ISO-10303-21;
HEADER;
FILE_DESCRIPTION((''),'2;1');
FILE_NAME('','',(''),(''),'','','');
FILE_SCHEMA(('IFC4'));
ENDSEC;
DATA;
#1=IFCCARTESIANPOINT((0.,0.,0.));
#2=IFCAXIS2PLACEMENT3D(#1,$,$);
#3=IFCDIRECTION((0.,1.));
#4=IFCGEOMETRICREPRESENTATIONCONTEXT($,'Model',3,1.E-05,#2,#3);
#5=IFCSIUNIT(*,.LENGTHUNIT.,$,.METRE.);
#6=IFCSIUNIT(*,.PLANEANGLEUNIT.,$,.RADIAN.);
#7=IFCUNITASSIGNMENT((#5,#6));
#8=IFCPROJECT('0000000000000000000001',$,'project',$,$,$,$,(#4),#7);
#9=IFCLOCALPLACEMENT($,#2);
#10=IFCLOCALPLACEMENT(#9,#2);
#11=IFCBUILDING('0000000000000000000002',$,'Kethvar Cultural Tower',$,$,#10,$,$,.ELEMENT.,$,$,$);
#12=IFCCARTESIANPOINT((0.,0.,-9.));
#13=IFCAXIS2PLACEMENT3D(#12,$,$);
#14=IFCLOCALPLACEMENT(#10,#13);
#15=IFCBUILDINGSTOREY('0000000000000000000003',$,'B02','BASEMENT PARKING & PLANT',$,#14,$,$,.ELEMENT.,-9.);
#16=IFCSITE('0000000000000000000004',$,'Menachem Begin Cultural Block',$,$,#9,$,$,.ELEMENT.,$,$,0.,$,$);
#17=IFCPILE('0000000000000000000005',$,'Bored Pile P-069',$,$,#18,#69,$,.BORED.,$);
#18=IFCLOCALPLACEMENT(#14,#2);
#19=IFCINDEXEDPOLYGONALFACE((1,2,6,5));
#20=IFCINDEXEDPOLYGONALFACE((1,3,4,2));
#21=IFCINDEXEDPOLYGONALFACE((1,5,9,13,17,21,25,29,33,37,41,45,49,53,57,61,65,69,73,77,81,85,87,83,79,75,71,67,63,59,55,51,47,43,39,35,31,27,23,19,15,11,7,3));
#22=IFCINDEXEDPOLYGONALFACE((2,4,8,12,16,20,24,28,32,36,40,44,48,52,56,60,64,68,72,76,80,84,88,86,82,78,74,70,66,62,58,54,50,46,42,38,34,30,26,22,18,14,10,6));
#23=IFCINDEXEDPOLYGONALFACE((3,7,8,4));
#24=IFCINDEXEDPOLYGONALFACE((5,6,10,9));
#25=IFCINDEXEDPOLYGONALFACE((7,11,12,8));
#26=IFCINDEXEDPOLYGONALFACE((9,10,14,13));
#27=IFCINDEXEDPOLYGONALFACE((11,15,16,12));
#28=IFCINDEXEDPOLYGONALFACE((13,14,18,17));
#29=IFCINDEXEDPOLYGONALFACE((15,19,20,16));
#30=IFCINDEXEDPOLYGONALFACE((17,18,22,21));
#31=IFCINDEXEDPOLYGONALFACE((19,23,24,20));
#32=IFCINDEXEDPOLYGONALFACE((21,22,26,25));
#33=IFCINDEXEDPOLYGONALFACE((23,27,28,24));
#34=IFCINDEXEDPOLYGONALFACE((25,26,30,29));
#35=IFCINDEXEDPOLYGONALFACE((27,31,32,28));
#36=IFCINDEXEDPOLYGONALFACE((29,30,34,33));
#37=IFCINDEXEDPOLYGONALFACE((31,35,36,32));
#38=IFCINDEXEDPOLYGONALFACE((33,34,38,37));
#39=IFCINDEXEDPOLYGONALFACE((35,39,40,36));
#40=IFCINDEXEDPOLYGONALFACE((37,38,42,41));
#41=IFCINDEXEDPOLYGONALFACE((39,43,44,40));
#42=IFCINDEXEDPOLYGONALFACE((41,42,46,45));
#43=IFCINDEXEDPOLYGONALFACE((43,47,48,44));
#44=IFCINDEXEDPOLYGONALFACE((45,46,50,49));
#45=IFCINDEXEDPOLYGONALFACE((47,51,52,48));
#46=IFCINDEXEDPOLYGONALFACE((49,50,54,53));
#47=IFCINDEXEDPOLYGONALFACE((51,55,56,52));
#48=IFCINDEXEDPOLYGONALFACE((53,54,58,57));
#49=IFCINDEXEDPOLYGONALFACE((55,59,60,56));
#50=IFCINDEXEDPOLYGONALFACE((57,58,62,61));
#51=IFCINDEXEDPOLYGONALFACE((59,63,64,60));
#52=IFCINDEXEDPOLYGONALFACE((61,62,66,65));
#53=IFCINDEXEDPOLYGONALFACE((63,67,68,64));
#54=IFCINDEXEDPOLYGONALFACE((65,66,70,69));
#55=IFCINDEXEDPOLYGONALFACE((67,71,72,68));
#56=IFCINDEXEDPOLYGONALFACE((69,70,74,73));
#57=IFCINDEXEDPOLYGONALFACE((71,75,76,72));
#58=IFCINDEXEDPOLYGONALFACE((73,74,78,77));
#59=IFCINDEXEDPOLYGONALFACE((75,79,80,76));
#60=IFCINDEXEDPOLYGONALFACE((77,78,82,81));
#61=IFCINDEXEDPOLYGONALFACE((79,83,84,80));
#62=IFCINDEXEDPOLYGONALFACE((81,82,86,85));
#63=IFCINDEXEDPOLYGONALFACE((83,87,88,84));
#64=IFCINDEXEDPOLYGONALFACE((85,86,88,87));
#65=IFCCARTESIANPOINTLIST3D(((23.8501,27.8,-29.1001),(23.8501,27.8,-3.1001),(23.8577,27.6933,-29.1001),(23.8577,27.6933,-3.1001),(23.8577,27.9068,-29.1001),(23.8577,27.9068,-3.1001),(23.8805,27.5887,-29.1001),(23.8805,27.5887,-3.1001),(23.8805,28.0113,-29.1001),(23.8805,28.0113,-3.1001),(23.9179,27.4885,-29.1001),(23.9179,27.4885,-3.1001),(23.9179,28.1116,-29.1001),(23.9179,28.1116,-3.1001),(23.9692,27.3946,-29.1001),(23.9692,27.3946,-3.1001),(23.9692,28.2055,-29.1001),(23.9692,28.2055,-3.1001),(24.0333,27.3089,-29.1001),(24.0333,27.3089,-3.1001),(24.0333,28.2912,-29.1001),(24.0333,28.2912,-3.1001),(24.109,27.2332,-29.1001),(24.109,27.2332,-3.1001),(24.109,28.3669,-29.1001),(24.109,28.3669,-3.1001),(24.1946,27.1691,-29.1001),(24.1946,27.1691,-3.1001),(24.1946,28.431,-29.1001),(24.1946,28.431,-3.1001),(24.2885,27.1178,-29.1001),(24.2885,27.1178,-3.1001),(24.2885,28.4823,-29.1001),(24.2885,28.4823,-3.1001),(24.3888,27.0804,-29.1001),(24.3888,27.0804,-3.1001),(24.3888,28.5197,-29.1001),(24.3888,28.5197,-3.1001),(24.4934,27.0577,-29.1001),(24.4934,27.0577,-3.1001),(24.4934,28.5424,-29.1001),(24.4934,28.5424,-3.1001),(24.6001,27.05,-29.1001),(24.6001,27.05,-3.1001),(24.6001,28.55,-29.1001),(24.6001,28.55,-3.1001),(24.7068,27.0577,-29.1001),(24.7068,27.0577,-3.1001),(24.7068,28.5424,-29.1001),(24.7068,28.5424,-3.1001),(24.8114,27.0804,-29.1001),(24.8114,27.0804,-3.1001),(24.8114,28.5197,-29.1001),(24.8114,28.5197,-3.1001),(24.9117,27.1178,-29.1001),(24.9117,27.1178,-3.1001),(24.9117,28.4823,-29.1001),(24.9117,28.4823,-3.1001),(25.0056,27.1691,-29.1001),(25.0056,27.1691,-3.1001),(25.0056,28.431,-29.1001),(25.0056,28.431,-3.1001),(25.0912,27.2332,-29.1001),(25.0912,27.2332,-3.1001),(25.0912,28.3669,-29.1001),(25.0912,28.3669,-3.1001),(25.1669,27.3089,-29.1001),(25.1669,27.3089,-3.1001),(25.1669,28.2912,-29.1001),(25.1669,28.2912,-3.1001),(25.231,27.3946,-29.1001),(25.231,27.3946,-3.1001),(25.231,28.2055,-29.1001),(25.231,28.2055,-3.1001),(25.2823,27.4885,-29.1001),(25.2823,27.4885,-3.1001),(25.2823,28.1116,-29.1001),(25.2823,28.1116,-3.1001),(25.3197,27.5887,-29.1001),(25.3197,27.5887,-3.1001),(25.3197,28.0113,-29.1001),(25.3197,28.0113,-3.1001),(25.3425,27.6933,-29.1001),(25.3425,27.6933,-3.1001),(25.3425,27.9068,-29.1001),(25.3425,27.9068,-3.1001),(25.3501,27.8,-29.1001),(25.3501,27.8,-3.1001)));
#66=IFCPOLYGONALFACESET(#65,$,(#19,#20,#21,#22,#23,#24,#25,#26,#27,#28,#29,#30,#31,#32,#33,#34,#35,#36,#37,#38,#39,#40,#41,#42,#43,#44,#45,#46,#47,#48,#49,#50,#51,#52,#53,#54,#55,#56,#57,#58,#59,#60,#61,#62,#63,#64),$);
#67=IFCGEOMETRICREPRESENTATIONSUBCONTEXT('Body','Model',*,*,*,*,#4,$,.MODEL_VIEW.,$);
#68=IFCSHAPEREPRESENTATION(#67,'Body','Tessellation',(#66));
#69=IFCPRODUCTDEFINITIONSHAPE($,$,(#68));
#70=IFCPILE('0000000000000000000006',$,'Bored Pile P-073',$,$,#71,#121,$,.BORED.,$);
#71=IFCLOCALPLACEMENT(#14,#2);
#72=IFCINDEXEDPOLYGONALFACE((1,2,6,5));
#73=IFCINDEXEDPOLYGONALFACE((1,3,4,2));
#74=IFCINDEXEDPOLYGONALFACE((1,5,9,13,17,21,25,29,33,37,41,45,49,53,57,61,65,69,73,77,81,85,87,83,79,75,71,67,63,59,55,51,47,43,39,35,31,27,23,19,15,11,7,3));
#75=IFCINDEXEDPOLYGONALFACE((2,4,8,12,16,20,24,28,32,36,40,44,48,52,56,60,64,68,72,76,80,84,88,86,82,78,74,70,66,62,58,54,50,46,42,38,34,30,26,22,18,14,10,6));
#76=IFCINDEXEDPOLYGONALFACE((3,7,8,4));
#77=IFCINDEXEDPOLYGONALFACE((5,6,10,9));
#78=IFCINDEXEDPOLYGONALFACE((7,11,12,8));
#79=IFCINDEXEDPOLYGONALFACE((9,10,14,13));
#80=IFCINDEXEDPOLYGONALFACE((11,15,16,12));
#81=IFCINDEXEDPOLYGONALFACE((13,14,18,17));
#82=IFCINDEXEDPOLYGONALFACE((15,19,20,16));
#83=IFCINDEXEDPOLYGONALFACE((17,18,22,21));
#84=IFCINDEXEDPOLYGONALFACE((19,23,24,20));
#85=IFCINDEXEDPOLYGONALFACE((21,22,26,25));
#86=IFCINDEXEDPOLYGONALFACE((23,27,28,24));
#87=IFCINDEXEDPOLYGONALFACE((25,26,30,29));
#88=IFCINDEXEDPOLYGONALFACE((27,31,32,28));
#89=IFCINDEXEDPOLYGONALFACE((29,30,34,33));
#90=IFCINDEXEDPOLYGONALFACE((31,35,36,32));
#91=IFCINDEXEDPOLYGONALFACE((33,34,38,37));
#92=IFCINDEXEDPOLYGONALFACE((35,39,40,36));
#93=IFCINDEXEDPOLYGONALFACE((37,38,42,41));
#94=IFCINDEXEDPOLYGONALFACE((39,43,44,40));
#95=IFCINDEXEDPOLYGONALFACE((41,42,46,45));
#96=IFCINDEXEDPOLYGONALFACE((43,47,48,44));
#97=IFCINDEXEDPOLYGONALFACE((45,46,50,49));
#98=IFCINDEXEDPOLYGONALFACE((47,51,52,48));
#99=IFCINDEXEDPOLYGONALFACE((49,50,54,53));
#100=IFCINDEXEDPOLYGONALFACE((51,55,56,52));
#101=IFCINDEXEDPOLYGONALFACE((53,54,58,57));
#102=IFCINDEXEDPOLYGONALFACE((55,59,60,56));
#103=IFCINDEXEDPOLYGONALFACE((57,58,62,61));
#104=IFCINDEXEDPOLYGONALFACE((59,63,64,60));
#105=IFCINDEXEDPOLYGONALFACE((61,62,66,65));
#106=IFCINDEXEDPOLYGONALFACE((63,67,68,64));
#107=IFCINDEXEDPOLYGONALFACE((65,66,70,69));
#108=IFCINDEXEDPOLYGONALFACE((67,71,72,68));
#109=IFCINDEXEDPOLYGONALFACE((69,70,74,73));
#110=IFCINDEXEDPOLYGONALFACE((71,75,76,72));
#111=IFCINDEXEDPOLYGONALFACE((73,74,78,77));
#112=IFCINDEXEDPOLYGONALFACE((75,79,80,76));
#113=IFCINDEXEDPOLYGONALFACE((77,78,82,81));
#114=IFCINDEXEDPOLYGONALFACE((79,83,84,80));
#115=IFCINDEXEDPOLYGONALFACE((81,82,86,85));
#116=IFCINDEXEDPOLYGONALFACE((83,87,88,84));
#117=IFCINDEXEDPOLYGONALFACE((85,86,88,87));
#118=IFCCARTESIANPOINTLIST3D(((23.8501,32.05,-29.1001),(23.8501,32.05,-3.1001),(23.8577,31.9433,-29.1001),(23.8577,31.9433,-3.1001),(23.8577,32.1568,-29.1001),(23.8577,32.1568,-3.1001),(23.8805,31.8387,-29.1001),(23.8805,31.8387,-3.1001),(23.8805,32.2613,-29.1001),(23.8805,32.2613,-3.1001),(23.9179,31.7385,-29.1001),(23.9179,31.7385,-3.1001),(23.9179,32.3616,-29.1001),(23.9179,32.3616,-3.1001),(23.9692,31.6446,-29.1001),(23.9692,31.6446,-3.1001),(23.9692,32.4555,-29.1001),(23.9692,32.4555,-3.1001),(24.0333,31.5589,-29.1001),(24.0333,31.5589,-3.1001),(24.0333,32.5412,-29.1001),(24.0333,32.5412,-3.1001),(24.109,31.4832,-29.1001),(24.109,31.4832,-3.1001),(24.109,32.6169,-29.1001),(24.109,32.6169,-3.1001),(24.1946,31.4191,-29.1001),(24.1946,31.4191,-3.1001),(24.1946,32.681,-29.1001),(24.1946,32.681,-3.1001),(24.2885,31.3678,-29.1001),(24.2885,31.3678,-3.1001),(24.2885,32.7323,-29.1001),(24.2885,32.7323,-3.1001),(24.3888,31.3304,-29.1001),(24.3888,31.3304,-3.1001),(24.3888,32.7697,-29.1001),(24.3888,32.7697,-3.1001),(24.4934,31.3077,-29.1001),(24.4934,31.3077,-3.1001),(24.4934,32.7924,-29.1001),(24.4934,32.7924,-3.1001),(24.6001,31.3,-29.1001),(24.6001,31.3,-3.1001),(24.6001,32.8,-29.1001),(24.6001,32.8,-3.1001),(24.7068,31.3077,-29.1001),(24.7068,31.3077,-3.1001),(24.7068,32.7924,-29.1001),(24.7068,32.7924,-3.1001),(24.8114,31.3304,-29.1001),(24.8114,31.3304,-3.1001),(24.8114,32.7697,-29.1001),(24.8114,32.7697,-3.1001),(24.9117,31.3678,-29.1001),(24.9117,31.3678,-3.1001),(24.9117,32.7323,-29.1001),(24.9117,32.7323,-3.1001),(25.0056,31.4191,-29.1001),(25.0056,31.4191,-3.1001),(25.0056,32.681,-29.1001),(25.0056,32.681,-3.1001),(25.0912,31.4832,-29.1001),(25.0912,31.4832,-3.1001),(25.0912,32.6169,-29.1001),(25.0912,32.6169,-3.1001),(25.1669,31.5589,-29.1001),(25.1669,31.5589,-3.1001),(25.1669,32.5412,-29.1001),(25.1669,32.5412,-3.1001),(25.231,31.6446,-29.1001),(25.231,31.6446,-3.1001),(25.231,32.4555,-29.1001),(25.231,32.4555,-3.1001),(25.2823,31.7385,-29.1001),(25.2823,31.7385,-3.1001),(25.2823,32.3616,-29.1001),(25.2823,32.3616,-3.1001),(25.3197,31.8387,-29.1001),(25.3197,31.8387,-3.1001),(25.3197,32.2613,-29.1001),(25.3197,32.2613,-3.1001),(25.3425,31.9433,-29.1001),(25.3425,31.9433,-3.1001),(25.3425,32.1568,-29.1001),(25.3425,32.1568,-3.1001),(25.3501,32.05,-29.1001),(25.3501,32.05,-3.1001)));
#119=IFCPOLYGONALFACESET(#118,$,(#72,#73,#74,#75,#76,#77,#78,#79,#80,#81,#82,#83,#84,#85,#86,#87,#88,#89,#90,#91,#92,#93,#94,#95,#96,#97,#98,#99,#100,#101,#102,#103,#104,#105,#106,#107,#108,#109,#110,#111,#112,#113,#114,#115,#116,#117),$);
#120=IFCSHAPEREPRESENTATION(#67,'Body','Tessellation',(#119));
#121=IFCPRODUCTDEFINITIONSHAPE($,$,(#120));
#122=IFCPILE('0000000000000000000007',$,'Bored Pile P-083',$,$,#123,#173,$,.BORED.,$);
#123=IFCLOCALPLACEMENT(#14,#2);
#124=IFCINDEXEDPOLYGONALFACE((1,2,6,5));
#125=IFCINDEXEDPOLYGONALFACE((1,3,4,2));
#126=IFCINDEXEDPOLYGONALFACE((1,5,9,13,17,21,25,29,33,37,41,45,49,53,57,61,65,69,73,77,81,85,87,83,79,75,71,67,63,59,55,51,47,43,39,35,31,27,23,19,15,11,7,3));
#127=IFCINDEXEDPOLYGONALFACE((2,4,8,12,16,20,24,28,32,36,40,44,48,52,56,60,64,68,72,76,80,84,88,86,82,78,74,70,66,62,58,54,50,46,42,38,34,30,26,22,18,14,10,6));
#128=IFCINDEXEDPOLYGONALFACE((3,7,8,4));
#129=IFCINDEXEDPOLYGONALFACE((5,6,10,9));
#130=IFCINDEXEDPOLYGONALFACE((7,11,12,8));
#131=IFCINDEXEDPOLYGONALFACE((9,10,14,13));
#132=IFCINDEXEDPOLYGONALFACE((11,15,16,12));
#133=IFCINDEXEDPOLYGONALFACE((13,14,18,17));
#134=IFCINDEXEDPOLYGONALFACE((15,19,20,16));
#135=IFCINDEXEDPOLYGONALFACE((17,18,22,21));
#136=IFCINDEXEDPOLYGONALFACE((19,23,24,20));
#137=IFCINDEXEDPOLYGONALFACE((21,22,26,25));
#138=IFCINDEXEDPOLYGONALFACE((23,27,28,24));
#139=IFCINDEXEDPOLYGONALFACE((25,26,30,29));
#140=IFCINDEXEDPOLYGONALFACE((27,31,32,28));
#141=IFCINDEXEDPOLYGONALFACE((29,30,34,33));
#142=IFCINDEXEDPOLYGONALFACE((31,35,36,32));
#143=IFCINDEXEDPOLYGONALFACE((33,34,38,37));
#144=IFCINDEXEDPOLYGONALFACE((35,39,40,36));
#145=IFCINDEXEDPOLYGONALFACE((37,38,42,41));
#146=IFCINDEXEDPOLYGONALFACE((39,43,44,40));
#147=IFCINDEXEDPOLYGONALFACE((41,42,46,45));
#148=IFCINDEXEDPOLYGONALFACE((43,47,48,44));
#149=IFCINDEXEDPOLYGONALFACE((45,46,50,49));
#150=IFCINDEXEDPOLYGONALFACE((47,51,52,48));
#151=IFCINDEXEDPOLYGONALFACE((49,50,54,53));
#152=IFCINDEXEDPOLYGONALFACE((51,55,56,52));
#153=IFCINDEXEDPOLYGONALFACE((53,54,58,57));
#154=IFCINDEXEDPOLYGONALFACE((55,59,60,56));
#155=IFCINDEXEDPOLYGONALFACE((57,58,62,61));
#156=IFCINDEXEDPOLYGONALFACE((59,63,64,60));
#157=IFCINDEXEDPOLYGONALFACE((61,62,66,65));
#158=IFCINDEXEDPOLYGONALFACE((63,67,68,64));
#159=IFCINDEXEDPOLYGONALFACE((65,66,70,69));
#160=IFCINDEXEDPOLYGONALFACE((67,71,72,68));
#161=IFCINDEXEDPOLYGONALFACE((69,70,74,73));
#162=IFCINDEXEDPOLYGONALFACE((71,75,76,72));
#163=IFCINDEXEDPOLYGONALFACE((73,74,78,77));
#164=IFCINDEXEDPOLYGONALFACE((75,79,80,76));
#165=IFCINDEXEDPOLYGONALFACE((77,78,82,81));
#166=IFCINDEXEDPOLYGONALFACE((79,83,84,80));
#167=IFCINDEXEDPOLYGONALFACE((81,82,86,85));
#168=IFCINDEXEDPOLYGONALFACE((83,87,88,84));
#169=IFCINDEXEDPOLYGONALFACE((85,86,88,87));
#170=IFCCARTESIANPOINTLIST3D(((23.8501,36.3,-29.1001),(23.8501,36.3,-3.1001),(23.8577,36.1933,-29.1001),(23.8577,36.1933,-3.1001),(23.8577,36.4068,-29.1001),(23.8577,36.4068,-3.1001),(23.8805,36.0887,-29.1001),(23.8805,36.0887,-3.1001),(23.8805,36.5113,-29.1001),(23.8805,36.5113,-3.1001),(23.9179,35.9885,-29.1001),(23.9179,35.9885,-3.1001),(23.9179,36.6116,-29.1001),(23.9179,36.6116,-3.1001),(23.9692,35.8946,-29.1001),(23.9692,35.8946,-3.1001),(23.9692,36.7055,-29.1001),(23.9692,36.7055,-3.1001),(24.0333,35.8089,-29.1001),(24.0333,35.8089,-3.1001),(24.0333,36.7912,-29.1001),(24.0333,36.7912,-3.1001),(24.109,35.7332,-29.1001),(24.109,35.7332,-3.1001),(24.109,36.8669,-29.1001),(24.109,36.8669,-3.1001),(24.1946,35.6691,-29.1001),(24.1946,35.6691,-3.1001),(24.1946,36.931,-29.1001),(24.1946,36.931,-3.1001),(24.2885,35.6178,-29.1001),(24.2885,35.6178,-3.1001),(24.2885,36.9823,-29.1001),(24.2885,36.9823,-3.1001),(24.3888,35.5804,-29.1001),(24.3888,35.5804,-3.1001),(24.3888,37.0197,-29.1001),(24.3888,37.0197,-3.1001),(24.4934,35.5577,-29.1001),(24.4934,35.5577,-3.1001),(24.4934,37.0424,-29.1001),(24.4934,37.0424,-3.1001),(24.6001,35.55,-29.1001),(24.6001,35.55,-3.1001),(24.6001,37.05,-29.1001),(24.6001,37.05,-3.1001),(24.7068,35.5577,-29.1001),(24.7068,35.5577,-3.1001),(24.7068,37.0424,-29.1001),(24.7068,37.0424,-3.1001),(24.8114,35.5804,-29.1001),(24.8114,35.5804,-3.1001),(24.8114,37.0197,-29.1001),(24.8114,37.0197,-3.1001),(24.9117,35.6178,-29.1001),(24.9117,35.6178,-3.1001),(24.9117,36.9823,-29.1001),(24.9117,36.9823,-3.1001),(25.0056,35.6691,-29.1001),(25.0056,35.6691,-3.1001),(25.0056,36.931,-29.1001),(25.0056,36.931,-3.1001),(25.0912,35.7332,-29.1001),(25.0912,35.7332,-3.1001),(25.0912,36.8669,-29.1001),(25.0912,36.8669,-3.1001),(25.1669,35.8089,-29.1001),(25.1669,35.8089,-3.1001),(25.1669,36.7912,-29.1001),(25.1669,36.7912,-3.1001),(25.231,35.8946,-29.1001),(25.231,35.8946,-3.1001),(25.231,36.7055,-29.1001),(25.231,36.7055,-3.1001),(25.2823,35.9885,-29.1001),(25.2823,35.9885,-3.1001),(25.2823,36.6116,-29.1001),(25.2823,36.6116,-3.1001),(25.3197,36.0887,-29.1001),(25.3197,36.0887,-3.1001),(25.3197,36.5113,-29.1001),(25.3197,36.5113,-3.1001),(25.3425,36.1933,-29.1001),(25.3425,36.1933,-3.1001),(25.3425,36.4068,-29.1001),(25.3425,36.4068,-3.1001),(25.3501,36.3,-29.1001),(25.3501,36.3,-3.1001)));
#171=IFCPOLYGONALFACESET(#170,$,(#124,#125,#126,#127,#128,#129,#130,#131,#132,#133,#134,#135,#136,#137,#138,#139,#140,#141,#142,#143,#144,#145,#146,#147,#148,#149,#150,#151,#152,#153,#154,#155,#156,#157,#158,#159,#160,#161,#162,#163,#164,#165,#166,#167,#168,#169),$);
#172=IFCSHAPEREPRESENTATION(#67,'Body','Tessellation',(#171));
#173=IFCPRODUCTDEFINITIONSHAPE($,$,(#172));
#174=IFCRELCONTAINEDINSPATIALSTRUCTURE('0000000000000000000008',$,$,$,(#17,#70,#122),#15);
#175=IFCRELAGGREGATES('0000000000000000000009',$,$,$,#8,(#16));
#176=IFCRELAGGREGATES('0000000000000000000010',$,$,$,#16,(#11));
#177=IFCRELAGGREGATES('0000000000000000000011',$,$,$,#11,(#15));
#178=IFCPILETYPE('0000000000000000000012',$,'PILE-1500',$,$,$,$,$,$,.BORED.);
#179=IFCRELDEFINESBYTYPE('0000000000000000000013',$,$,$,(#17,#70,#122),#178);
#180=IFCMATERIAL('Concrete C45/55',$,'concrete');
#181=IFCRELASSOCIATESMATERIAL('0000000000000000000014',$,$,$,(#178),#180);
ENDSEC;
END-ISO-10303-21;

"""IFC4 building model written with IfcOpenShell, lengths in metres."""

from ifc_helpers import new_model, si_unit, direction, frame, origin, origin_2d, place, context, subcontext, project, spatial, circle, extrude, source, transform, mapped, material, material_profile, profile_set, type_object, element, save


model = new_model("IFC4")

# Units and contexts
model_context = context("Model", 3, precision=1e-05, world=origin(), true_north=direction((0.0, 1.0)))
body_context = subcontext(model_context, "Body", "Model", "MODEL_VIEW")
ifc_project = project(units=[si_unit("LENGTHUNIT", "METRE"), si_unit("PLANEANGLEUNIT", "RADIAN")], contexts=[model_context])

# Site, building, storey
site_placement = place(None, origin())
site = spatial("IfcSite", under=ifc_project, at=site_placement, Name="Menachem Begin Cultural Block", CompositionType="ELEMENT", RefElevation=0.0)
building_placement = place(site_placement, origin())
building = spatial("IfcBuilding", under=site, at=building_placement, Name="Kethvar Cultural Tower", CompositionType="ELEMENT")
storey_placement = place(building_placement, frame((0.0, 0.0, -9.0)))
storey = spatial("IfcBuildingStorey", under=building, at=storey_placement, Name="B02", Description="BASEMENT PARKING & PLANT", CompositionType="ELEMENT", Elevation=-9.0)

# Piles
ifc_material_1 = material(Name="Concrete C45/55", Category="concrete")
ifc_material_profile_1 = material_profile(ifc_material_1, circle(Radius=0.75, at=origin_2d()), Name="Concrete C45/55 — PILE1500")
ifc_profile_set_1 = profile_set([ifc_material_profile_1], Name="Concrete C45/55 — PILE1500")
pile_type = type_object("IfcPileType", Name="PILE-1500", PredefinedType="BORED", material=ifc_profile_set_1)
shared_shape_1 = source(origin(), body_context, "Body", "SweptSolid", [
    extrude(circle(Radius=0.75, at=origin_2d()), origin(), (0.0, 0.0, 1.0), 26.0),
])
for number, where, z_axis, x_axis, name in (
    (1, (24.6001, 27.8, -3.1001), (0.0, 0.0, -1.0), (1.0, 0.0, 0.0), "Bored Pile P-069"),
    (2, (24.6001, 32.05, -3.1001), (0.0, 0.0, -1.0), (1.0, 0.0, 0.0), "Bored Pile P-073"),
    (3, (24.6001, 36.3, -3.1001), (0.0, 0.0, -1.0), (1.0, 0.0, 0.0), "Bored Pile P-083"),
):
    element("IfcPile", number, at=place(storey_placement, frame(where, z_axis=z_axis, x_axis=x_axis)), inside=storey, type_object=pile_type, Name=name, PredefinedType="BORED", context=body_context, shape_type="MappedRepresentation", body=[
        mapped(shared_shape_1, transform((0.0, 0.0, 0.0), scale=1.0)),
    ])

save(model, "model.ifc")
